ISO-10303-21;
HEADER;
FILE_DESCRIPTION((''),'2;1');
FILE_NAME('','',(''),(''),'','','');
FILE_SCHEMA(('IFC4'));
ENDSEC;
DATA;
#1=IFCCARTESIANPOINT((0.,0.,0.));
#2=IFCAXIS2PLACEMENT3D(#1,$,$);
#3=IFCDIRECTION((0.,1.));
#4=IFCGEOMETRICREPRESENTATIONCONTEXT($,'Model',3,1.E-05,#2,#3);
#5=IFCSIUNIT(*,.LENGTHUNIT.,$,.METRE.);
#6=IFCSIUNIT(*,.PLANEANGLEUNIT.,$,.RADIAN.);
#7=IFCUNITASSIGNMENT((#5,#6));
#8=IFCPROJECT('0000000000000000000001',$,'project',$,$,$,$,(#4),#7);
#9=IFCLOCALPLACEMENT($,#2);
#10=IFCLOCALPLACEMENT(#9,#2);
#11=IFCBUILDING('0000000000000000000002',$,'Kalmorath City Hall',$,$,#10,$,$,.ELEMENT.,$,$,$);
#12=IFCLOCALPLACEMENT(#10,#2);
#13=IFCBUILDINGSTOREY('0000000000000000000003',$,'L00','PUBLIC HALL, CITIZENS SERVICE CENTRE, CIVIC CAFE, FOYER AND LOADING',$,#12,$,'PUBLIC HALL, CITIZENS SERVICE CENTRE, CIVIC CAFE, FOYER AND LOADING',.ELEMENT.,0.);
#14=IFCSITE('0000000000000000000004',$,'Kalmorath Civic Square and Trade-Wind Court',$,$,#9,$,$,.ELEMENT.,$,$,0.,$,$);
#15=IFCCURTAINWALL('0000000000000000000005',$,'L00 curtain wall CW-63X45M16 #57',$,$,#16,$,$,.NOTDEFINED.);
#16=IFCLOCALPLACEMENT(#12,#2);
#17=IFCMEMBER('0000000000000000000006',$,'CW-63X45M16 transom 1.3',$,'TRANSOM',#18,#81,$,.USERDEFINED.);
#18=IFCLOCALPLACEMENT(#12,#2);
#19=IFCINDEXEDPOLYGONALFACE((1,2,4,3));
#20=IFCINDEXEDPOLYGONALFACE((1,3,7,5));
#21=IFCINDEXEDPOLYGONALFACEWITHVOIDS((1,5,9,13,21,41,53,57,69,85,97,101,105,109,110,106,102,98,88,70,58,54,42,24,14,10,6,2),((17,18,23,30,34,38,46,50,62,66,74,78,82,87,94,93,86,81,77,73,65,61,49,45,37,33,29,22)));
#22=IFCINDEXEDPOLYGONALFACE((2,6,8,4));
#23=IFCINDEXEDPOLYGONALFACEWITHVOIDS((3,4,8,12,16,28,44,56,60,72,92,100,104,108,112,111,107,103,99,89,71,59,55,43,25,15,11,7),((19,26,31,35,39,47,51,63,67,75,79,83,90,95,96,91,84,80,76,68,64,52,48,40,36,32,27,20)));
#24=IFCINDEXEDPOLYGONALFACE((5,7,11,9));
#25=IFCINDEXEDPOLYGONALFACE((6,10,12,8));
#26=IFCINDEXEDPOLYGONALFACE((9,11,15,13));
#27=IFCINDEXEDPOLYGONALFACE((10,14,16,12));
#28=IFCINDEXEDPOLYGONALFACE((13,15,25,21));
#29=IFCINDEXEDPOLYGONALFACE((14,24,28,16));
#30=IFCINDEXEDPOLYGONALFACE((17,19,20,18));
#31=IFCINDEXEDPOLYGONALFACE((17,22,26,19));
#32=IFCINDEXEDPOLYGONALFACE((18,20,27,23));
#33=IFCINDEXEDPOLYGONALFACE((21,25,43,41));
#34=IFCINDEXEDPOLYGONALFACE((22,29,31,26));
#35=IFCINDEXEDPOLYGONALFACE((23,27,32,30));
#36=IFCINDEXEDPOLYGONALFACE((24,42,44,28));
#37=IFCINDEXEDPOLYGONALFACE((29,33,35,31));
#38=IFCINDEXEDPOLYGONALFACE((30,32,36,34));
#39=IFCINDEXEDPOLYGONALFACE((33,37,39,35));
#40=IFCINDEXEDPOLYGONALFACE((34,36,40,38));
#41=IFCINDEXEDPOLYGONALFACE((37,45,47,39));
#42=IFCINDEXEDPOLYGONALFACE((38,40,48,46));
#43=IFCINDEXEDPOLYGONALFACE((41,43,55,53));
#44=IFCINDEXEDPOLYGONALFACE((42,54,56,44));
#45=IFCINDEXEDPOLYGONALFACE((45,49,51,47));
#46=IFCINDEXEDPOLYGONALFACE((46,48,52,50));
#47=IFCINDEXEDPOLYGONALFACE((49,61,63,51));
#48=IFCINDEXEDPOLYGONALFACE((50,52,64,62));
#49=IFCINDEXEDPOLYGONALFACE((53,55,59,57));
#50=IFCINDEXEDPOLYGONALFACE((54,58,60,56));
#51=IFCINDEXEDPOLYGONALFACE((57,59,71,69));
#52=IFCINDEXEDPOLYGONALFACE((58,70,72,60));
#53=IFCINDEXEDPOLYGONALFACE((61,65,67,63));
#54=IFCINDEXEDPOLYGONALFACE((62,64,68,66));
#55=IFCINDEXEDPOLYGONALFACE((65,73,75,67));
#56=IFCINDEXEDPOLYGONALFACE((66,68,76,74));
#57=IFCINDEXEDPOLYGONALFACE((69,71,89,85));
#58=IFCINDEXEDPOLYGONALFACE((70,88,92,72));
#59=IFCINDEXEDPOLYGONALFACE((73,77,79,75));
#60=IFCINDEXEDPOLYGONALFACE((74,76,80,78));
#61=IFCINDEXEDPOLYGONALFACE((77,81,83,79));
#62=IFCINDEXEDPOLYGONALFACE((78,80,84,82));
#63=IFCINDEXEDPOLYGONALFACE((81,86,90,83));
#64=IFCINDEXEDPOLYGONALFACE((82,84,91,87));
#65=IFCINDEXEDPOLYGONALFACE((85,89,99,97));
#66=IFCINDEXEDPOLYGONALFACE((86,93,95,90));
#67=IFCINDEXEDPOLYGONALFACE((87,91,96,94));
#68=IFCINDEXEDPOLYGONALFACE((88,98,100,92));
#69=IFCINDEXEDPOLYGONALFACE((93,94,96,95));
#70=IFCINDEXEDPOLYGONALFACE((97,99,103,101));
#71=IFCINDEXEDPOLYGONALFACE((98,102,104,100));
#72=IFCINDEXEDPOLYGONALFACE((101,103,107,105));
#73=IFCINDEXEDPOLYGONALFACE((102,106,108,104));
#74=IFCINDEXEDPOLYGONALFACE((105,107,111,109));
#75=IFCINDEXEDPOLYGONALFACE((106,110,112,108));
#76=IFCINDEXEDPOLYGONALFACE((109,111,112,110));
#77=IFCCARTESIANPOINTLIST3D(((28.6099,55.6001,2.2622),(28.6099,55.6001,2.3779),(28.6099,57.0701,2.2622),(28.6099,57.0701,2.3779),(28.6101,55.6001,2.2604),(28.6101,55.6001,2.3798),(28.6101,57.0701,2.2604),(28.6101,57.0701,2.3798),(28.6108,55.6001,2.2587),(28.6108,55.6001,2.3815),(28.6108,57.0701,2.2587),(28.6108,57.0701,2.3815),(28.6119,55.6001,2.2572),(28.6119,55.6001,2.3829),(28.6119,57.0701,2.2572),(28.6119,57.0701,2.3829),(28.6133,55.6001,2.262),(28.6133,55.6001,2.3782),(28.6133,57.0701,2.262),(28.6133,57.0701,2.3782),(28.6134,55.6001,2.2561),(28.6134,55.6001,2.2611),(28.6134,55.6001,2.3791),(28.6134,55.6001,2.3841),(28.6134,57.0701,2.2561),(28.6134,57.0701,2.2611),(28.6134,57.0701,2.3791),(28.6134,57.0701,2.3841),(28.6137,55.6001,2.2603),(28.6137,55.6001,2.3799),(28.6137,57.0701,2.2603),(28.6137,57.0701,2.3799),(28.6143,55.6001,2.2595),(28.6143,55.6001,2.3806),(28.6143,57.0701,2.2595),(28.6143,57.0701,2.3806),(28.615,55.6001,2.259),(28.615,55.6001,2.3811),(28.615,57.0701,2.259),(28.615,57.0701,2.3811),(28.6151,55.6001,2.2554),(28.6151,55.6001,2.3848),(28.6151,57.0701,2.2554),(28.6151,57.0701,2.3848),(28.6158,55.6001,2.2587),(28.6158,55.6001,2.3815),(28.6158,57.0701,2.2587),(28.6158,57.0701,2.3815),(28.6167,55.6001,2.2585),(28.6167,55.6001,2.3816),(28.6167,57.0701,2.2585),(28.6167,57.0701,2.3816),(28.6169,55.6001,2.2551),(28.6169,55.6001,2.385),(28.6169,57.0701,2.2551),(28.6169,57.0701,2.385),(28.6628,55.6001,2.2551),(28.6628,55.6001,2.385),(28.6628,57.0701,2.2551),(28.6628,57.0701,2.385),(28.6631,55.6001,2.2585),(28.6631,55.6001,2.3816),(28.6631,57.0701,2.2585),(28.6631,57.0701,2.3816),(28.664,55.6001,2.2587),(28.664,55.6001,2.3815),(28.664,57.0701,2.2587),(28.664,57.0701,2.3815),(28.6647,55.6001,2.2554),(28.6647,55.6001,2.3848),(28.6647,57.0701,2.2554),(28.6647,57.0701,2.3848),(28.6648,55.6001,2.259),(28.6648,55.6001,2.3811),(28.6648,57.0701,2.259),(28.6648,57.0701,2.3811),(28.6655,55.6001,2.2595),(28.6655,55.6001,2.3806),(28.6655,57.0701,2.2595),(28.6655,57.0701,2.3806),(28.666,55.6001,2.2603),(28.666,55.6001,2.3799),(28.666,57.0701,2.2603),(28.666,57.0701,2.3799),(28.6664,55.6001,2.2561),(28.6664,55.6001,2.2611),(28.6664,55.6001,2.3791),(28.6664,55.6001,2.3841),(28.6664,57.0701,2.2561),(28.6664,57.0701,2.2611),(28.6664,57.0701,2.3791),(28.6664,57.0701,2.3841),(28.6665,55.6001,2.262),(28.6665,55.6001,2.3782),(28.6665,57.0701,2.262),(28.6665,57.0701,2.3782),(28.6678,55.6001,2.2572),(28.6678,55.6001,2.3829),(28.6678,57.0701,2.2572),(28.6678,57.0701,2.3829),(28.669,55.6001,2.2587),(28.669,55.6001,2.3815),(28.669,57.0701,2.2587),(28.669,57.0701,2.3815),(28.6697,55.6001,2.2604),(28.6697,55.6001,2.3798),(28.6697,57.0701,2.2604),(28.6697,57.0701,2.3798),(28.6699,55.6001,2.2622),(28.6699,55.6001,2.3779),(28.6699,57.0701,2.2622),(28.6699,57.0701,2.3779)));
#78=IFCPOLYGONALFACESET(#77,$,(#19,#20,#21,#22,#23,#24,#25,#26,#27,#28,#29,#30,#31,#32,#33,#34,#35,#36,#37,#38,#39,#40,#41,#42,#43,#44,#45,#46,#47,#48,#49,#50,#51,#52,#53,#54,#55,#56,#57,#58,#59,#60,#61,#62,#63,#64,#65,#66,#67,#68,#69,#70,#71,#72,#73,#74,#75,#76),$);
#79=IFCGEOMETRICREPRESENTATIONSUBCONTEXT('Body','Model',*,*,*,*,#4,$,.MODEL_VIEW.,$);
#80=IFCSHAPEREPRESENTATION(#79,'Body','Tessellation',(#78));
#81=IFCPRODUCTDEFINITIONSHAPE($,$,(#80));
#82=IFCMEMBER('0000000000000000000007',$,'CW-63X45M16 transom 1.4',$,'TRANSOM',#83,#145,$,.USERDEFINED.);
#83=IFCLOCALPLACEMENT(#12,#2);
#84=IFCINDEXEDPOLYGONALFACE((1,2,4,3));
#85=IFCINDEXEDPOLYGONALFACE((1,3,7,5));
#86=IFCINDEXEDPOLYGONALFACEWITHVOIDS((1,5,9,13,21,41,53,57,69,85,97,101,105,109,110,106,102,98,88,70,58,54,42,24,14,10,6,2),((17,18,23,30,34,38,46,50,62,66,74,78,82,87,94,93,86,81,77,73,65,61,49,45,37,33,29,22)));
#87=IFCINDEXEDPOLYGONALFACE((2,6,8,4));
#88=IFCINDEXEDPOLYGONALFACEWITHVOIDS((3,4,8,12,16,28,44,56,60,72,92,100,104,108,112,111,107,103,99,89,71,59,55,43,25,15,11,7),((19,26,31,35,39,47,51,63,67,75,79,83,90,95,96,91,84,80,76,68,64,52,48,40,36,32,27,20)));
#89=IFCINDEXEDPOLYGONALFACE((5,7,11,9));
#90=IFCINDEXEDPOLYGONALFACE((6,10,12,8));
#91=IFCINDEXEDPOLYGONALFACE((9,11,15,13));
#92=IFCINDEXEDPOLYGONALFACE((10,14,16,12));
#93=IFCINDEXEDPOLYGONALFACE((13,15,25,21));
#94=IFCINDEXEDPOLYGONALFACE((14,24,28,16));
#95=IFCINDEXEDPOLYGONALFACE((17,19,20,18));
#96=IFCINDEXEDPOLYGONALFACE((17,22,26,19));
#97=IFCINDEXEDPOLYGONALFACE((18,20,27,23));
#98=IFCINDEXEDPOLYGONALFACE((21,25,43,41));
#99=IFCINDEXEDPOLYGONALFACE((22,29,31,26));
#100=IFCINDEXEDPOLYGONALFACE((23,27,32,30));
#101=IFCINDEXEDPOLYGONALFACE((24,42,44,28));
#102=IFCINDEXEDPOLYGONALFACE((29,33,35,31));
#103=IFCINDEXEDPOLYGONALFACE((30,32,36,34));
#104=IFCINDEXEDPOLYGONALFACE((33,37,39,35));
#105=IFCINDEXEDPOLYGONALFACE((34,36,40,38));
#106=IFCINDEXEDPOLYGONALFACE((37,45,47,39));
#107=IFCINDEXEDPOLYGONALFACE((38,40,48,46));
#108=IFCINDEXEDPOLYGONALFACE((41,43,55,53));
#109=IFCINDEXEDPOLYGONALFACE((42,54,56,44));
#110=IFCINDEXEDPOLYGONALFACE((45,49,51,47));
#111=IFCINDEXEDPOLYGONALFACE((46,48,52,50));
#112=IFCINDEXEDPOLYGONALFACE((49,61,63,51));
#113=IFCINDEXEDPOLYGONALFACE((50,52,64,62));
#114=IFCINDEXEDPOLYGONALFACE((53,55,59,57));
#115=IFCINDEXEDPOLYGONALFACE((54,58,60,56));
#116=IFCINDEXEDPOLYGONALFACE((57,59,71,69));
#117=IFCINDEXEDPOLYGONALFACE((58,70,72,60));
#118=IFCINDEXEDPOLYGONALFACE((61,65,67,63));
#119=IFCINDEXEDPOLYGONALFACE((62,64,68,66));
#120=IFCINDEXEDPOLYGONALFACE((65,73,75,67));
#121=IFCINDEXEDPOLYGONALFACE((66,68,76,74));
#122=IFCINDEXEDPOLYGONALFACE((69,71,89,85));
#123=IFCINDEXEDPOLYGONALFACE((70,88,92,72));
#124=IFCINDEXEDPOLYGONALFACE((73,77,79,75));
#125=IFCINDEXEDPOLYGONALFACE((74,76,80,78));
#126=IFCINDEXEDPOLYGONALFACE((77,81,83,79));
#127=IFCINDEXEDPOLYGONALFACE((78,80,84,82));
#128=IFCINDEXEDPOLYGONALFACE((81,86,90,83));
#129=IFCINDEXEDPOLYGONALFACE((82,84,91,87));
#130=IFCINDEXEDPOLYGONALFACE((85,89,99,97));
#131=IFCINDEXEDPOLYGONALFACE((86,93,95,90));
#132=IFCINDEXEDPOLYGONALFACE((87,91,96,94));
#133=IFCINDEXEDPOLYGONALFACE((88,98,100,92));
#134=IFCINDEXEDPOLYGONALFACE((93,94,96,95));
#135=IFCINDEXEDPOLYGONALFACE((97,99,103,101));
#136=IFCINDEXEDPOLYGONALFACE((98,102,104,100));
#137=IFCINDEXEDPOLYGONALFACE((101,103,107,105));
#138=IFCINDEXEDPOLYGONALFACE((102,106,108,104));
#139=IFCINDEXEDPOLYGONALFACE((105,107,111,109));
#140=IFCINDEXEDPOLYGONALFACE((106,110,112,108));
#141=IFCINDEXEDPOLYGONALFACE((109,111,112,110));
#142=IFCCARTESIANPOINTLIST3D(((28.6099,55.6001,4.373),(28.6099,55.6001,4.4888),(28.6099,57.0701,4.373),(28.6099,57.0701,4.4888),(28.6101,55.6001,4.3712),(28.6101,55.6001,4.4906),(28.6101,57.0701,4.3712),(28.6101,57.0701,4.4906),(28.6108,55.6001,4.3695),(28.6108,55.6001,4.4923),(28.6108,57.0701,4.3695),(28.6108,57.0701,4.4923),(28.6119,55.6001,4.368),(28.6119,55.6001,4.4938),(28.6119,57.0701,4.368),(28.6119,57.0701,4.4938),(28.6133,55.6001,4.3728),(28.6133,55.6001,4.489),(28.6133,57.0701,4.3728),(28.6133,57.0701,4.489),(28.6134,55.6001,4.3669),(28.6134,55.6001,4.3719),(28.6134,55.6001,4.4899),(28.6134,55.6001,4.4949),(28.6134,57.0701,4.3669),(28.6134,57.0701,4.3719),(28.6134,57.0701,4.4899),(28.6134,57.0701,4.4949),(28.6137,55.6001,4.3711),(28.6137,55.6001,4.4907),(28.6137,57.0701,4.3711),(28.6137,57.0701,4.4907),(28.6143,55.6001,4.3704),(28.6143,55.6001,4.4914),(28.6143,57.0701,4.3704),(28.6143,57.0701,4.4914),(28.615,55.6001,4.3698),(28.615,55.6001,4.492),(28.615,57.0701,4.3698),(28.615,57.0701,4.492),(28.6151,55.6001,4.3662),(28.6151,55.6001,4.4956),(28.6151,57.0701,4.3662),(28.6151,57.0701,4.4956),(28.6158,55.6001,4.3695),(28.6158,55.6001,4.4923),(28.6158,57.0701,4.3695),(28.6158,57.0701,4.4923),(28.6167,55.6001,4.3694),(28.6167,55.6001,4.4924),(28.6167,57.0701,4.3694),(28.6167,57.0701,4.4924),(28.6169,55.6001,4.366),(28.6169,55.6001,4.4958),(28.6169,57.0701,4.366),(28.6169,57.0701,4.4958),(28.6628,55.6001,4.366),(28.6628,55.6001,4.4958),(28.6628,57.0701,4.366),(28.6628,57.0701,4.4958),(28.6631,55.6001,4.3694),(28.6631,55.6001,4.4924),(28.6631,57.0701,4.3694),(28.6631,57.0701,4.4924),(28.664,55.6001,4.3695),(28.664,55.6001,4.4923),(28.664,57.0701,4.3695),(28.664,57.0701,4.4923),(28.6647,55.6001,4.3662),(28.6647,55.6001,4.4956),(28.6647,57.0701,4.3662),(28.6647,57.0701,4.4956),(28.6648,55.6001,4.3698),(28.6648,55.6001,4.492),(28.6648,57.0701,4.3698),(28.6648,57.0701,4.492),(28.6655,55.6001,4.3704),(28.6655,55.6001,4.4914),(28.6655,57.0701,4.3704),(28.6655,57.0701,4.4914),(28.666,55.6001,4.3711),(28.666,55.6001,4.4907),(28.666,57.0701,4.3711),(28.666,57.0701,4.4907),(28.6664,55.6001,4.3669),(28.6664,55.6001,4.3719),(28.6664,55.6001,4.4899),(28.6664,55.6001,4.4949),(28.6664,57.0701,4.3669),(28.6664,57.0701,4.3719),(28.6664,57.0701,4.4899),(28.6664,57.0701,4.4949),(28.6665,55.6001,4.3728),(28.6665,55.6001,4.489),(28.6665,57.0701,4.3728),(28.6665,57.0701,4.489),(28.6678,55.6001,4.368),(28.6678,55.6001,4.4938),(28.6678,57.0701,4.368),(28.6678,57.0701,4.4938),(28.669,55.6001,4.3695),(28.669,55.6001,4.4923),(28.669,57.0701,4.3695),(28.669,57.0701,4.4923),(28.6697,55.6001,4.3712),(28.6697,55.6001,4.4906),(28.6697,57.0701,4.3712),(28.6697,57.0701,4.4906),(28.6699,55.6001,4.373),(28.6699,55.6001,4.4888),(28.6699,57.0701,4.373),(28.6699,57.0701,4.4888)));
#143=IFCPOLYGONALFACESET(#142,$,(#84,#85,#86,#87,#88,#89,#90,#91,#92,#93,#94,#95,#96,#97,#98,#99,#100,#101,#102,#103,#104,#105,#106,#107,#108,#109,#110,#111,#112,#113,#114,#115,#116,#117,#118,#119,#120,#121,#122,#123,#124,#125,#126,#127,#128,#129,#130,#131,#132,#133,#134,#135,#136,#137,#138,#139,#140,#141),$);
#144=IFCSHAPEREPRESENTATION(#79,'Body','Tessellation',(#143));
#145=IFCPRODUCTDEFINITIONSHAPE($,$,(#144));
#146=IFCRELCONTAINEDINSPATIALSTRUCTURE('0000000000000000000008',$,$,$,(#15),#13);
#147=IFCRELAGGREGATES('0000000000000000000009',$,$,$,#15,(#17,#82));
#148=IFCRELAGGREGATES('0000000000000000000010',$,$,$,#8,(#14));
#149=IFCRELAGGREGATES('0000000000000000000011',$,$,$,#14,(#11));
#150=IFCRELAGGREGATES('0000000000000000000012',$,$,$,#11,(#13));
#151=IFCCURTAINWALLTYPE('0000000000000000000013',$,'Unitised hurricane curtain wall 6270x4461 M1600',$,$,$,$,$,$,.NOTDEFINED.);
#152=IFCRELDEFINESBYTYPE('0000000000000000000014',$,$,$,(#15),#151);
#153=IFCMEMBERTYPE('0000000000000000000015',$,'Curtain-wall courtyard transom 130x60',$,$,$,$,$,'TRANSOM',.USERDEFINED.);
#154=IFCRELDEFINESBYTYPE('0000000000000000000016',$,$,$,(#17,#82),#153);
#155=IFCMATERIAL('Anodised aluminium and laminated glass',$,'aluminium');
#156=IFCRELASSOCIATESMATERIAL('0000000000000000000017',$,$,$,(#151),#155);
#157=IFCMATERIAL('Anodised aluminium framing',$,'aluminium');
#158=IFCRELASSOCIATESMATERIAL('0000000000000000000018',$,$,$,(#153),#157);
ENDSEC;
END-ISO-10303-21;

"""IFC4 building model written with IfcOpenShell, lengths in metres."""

from ifc_helpers import new_model, si_unit, direction, frame, origin, origin_2d, place, context, subcontext, project, spatial, hollow_rectangle, extrude, material, material_profile, profile_set, type_object, element, aggregate, save


model = new_model("IFC4")

# Units and contexts
model_context = context("Model", 3, precision=1e-05, world=origin(), true_north=direction((0.0, 1.0)))
body_context = subcontext(model_context, "Body", "Model", "MODEL_VIEW")
ifc_project = project(units=[si_unit("LENGTHUNIT", "METRE"), si_unit("PLANEANGLEUNIT", "RADIAN")], contexts=[model_context])

# Site, building, storey
site_placement = place(None, origin())
site = spatial("IfcSite", under=ifc_project, at=site_placement, Name="Kalmorath Civic Square and Trade-Wind Court", CompositionType="ELEMENT", RefElevation=0.0)
building_placement = place(site_placement, origin())
building = spatial("IfcBuilding", under=site, at=building_placement, Name="Kalmorath City Hall", CompositionType="ELEMENT")
storey_placement = place(building_placement, origin())
storey = spatial("IfcBuildingStorey", under=building, at=storey_placement, Name="L00", Description="PUBLIC HALL, CITIZENS SERVICE CENTRE, CIVIC CAFE, FOYER AND LOADING", LongName="PUBLIC HALL, CITIZENS SERVICE CENTRE, CIVIC CAFE, FOYER AND LOADING", CompositionType="ELEMENT", Elevation=0.0)

# Curtain wall, members
ifc_material_1 = material(Name="Anodised aluminium and laminated glass", Category="aluminium")
curtain_wall_type = type_object("IfcCurtainWallType", Name="Unitised hurricane curtain wall 6270x4461 M1600", PredefinedType="NOTDEFINED", material=ifc_material_1)
curtain_wall_placement = place(storey_placement, origin())
curtain_wall = element("IfcCurtainWall", 1, at=curtain_wall_placement, inside=storey, type_object=curtain_wall_type, Name="L00 curtain wall CW-63X45M16 #57", PredefinedType="NOTDEFINED")
ifc_material_2 = material(Name="Anodised aluminium framing", Category="aluminium")
ifc_material_profile_1 = material_profile(ifc_material_2, hollow_rectangle(XDim=0.0601, YDim=0.1299, WallThickness=0.0034, InnerFilletRadius=0.0034, OuterFilletRadius=0.0071, at=origin_2d()), Name="ALU-TRN-130X60X3.5")
ifc_profile_set_1 = profile_set([ifc_material_profile_1], Name="Anodised aluminium framing")
member_type_1 = type_object("IfcMemberType", Name="Curtain-wall courtyard transom 130x60", ElementType="TRANSOM", PredefinedType="USERDEFINED", material=ifc_profile_set_1)
member_1_placement = place(storey_placement, frame((28.6399, 57.0701, 2.3201), z_axis=(0.0, -1.0, 0.0), x_axis=(1.0, 0.0, 0.0)))
member_1 = element("IfcMember", 2, at=member_1_placement, type_object=member_type_1, Name="CW-63X45M16 transom 1.3", ObjectType="TRANSOM", PredefinedType="USERDEFINED", context=body_context, shape_type="SweptSolid", body=[
    extrude(hollow_rectangle(XDim=0.0601, YDim=0.1299, WallThickness=0.0034, InnerFilletRadius=0.0034, OuterFilletRadius=0.0071, at=origin_2d()), origin(), (0.0, 0.0, 1.0), 1.47),
])
member_2_placement = place(storey_placement, frame((28.6399, 57.0701, 4.4309), z_axis=(0.0, -1.0, 0.0), x_axis=(1.0, 0.0, 0.0)))
member_2 = element("IfcMember", 3, at=member_2_placement, type_object=member_type_1, Name="CW-63X45M16 transom 1.4", ObjectType="TRANSOM", PredefinedType="USERDEFINED", context=body_context, shape_type="SweptSolid", body=[
    extrude(hollow_rectangle(XDim=0.0601, YDim=0.1299, WallThickness=0.0034, InnerFilletRadius=0.0034, OuterFilletRadius=0.0071, at=origin_2d()), origin(), (0.0, 0.0, 1.0), 1.47),
])

aggregate(curtain_wall, [member_1, member_2])

save(model, "model.ifc")
